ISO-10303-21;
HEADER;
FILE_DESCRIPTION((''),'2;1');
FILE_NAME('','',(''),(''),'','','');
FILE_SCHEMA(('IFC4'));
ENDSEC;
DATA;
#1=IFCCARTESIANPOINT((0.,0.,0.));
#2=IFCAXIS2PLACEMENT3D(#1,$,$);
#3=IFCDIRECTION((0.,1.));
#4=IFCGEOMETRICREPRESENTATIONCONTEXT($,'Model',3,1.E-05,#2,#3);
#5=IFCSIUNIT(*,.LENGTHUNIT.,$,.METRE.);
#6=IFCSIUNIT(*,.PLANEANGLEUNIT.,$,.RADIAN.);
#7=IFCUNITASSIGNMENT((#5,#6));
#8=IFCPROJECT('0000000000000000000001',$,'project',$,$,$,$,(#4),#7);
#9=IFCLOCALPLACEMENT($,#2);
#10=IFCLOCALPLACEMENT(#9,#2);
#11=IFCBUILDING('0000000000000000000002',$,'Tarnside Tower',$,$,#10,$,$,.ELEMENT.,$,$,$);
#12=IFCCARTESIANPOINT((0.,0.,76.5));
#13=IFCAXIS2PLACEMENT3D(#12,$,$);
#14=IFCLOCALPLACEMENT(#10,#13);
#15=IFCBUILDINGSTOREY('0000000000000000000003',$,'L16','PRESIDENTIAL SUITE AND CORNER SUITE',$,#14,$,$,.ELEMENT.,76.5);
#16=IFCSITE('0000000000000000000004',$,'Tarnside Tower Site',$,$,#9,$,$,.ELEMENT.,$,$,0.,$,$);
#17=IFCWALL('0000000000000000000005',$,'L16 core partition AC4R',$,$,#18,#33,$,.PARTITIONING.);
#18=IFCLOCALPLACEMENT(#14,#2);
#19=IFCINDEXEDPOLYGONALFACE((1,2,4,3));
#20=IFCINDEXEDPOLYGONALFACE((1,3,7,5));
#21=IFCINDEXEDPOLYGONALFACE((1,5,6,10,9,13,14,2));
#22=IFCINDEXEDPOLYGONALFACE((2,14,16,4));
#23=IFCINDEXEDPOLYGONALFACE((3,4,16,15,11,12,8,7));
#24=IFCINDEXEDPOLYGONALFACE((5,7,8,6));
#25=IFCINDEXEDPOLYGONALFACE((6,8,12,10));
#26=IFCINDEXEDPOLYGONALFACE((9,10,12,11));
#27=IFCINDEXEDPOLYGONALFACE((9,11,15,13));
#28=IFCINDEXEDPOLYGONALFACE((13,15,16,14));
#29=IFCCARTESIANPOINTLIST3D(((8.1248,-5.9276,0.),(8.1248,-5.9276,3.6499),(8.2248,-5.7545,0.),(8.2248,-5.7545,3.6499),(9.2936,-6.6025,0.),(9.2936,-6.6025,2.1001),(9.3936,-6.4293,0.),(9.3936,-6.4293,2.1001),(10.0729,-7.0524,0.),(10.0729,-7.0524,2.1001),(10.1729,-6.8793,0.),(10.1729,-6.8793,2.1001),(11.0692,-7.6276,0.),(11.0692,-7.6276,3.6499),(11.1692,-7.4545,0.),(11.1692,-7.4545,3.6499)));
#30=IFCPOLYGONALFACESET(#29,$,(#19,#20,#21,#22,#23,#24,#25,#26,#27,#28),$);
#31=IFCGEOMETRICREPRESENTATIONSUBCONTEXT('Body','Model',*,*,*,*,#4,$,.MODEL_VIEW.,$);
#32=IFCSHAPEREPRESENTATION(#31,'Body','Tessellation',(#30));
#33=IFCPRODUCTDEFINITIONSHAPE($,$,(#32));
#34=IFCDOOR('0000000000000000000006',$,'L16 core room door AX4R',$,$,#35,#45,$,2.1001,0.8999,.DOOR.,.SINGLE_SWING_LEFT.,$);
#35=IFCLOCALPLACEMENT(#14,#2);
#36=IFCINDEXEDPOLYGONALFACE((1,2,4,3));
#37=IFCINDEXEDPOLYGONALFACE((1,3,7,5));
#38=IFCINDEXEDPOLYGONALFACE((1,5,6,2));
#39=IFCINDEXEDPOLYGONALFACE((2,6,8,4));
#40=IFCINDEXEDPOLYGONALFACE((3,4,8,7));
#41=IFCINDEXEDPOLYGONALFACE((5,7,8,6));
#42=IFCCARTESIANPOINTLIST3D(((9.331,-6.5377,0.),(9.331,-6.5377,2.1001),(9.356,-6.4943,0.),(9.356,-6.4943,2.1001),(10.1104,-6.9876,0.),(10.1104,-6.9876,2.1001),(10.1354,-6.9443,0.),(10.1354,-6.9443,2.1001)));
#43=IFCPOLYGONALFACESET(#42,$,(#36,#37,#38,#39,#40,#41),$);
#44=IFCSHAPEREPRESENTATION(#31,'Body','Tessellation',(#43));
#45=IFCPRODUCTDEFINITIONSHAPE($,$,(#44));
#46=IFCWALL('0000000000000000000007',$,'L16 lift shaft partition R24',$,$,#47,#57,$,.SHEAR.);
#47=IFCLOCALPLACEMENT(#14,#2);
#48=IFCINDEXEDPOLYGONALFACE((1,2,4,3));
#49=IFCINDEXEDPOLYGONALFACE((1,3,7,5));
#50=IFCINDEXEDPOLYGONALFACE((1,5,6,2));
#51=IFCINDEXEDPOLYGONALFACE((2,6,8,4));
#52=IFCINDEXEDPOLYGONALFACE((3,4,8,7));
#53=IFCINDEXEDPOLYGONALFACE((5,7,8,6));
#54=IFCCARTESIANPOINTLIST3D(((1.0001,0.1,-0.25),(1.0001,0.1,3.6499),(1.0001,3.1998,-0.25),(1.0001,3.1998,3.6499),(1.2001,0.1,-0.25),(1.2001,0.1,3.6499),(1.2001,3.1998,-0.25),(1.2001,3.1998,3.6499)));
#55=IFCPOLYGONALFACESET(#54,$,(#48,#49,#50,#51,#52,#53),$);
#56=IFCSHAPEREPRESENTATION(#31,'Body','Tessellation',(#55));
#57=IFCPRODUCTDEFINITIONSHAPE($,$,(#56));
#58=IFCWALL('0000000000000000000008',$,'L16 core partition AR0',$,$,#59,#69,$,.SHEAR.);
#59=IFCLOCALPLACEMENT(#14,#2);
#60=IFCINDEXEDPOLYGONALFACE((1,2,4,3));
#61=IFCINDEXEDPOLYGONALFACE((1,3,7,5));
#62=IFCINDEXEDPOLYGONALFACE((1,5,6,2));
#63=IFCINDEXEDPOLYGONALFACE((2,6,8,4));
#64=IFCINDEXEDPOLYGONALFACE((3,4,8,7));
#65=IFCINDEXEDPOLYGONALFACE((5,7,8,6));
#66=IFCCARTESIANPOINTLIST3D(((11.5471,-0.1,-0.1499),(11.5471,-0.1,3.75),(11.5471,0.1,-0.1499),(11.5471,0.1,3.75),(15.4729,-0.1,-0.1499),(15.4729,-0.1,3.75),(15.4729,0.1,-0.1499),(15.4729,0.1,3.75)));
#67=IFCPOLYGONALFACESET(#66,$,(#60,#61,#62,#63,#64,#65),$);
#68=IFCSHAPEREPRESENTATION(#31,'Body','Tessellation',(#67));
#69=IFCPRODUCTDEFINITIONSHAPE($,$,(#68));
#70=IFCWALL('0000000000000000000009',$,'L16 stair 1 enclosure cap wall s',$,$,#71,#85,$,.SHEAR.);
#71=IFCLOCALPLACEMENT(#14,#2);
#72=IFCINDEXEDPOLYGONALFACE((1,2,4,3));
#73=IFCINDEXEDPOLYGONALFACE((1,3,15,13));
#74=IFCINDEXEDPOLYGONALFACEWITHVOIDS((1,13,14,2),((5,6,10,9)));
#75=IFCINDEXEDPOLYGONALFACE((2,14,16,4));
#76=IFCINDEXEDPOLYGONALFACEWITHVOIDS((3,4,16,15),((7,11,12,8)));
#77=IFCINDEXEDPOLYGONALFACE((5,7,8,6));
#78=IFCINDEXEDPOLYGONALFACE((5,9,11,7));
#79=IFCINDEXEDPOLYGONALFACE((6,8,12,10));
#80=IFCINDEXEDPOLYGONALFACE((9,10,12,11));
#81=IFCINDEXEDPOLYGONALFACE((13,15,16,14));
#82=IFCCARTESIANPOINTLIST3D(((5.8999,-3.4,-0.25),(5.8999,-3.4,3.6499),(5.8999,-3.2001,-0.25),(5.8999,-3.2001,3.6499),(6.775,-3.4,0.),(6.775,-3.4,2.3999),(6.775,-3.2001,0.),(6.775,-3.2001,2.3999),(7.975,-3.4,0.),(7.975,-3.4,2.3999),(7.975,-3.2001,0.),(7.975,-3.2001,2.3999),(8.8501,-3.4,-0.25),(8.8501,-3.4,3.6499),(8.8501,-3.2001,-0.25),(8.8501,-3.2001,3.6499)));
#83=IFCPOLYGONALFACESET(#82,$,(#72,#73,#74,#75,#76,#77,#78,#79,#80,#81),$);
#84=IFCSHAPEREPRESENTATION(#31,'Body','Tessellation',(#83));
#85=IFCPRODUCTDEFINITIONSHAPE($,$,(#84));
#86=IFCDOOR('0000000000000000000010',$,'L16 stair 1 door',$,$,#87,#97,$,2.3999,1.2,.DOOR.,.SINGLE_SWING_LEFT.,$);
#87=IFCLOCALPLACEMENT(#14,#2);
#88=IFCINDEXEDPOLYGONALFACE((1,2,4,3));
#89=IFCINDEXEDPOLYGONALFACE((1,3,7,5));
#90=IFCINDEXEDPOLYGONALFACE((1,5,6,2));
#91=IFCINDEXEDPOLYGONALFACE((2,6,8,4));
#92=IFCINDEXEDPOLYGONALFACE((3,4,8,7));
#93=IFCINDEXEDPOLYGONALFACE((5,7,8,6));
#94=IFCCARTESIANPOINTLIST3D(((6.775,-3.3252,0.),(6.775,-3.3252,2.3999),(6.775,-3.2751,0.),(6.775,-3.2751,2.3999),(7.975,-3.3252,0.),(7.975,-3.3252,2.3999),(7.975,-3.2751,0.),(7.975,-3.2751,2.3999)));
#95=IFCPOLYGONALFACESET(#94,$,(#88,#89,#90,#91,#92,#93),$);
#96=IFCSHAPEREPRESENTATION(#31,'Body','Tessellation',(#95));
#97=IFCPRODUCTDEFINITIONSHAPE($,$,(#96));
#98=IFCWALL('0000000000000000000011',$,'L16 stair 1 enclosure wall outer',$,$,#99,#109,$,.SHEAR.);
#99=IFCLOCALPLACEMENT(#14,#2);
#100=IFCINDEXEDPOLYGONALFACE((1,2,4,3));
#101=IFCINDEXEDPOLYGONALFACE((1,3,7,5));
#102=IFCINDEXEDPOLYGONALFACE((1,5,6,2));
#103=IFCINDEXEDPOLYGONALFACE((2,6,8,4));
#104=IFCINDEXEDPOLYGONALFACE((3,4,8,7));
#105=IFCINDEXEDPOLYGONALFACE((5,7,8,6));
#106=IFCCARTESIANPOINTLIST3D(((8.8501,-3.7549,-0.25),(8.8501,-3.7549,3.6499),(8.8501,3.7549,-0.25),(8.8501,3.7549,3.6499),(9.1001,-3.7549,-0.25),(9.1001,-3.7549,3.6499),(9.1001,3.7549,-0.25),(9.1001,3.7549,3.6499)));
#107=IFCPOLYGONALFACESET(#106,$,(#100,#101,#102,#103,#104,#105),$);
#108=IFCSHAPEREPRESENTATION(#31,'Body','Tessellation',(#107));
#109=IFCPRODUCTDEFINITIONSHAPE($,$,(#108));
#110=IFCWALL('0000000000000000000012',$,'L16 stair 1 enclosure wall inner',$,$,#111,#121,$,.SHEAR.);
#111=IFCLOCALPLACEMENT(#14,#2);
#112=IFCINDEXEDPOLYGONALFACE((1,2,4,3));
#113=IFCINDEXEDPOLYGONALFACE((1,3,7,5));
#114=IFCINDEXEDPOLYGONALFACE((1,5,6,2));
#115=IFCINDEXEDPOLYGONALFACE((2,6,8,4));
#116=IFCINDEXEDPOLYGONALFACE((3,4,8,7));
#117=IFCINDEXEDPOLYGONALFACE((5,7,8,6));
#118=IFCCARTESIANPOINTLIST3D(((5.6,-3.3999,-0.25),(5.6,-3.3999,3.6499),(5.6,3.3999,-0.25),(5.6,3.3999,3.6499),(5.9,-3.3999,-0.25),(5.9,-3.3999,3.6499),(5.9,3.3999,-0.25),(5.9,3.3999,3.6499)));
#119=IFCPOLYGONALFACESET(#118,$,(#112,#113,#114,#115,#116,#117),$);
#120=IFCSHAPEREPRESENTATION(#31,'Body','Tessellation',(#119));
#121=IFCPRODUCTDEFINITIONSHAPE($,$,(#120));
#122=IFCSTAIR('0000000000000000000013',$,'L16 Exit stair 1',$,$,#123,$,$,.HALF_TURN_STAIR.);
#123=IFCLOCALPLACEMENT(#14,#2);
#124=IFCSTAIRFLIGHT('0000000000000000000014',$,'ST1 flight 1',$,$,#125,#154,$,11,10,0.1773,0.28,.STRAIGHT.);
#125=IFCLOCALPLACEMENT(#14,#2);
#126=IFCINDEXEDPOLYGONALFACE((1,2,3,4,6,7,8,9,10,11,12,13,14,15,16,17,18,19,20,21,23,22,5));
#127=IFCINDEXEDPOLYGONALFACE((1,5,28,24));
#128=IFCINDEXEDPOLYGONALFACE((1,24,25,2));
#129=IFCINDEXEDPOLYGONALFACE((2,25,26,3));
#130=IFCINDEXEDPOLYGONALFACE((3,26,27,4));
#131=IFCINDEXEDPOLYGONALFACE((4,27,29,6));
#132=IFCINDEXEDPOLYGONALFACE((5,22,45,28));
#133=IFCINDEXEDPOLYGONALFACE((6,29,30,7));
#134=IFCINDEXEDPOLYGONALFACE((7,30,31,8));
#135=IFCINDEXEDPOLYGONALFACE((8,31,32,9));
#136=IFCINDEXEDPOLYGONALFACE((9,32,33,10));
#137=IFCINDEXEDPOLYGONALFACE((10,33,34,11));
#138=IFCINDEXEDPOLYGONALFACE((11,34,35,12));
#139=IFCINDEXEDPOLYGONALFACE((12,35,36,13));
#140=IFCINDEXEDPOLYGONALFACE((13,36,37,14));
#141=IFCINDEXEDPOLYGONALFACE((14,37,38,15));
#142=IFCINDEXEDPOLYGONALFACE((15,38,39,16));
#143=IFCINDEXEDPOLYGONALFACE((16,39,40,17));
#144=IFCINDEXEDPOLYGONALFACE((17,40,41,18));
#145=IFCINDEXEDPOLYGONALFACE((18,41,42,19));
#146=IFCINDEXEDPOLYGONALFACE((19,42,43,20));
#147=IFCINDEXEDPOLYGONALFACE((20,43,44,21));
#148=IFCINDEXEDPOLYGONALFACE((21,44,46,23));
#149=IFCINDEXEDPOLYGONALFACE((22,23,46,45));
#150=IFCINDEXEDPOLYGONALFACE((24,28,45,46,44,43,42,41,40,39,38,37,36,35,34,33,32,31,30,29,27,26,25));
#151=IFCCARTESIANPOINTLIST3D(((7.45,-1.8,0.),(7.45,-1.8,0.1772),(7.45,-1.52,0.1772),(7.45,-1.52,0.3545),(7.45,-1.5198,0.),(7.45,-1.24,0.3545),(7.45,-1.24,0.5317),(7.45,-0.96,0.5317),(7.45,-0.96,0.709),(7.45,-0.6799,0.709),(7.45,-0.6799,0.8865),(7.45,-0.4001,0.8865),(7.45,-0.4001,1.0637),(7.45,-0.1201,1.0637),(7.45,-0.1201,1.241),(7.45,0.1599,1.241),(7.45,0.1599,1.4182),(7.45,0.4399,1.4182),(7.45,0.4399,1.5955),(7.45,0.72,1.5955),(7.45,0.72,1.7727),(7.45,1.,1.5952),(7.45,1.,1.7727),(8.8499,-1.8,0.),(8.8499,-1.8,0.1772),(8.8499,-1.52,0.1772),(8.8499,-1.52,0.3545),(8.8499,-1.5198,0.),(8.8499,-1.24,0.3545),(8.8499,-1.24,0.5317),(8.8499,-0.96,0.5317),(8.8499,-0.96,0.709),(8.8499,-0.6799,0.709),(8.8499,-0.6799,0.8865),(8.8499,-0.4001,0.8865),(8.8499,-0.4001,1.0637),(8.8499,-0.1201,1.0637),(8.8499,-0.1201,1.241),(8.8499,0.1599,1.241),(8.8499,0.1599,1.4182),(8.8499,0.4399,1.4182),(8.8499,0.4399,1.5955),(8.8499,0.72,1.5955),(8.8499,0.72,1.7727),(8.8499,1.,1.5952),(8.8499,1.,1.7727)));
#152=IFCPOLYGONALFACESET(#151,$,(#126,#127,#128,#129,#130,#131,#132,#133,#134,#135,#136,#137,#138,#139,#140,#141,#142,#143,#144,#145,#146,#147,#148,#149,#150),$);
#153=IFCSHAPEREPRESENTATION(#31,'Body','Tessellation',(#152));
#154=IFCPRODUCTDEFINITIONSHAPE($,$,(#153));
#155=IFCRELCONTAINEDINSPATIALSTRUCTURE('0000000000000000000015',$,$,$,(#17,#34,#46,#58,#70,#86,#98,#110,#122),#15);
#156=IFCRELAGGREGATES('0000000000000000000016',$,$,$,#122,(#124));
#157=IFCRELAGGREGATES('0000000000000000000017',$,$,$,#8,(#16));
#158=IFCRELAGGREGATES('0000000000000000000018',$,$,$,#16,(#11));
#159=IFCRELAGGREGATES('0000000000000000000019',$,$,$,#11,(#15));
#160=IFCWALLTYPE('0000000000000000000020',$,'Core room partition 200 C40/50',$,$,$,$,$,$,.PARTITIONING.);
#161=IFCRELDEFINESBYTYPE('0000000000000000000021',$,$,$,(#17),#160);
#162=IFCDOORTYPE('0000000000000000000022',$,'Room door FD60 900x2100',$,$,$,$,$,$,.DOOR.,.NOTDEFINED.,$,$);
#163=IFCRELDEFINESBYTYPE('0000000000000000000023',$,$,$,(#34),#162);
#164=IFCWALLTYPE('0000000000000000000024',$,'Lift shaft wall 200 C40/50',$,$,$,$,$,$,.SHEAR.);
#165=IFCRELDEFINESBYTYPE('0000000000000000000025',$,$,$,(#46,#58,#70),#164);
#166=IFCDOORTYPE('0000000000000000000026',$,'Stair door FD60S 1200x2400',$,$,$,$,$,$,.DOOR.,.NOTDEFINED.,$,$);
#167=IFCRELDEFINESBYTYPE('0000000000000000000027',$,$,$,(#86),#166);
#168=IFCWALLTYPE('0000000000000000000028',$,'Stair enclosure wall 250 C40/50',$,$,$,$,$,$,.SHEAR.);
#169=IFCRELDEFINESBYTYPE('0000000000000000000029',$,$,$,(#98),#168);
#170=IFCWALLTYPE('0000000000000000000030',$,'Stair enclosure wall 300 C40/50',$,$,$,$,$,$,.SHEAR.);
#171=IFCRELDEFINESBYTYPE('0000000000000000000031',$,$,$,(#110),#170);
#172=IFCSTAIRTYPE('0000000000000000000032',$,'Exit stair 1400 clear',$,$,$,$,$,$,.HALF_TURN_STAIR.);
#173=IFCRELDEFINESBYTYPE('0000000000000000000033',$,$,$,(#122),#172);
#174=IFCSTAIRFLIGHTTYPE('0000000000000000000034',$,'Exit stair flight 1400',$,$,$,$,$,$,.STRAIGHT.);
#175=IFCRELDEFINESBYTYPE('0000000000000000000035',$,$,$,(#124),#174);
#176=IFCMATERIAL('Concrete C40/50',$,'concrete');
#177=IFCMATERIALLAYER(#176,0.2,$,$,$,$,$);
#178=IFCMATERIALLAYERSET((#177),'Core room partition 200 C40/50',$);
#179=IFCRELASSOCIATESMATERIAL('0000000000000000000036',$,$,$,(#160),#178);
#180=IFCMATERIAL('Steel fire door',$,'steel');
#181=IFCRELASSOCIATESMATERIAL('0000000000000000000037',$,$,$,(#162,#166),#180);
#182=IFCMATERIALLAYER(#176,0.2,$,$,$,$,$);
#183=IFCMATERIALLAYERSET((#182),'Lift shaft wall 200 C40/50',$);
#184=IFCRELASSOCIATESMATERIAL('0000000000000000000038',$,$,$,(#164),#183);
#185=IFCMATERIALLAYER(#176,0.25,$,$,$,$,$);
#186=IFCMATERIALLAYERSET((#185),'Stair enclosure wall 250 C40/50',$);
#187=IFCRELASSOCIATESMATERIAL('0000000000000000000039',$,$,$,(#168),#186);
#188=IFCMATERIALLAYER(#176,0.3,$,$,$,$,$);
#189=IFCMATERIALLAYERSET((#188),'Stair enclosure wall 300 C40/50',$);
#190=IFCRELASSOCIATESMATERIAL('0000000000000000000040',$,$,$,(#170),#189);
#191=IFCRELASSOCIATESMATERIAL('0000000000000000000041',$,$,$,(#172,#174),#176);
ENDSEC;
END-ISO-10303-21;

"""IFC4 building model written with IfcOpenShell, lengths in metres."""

from ifc_helpers import new_model, si_unit, direction, frame, frame_2d, origin, place, context, subcontext, project, spatial, polyline, rectangle, outline, extrude, material, layer, layer_set, type_object, element, fill, aggregate, save


model = new_model("IFC4")

# Units and contexts
model_context = context("Model", 3, precision=1e-05, world=origin(), true_north=direction((0.0, 1.0)))
body_context = subcontext(model_context, "Body", "Model", "MODEL_VIEW")
ifc_project = project(units=[si_unit("LENGTHUNIT", "METRE"), si_unit("PLANEANGLEUNIT", "RADIAN")], contexts=[model_context])

# Site, building, storey
site_placement = place(None, origin())
site = spatial("IfcSite", under=ifc_project, at=site_placement, Name="Tarnside Tower Site", CompositionType="ELEMENT", RefElevation=0.0)
building_placement = place(site_placement, origin())
building = spatial("IfcBuilding", under=site, at=building_placement, Name="Tarnside Tower", CompositionType="ELEMENT")
storey_placement = place(building_placement, frame((0.0, 0.0, 76.5)))
storey = spatial("IfcBuildingStorey", under=building, at=storey_placement, Name="L16", Description="PRESIDENTIAL SUITE AND CORNER SUITE", CompositionType="ELEMENT", Elevation=76.5)

# Shared definitions
ifc_material_1 = material(Name="Concrete C40/50", Category="concrete")

# Wall, opening, door
ifc_material_2 = material(Name="Steel fire door", Category="steel")
ifc_layer_1 = layer(ifc_material_1, 0.2)
ifc_layer_set_1 = layer_set([ifc_layer_1], Name="Core room partition 200 C40/50")
wall_type_1 = type_object("IfcWallType", Name="Core room partition 200 C40/50", PredefinedType="PARTITIONING", material=ifc_layer_set_1)
door_type_1 = type_object("IfcDoorType", Name="Room door FD60 900x2100", OperationType="NOTDEFINED", PredefinedType="DOOR", material=ifc_material_2)
wall_1_placement = place(storey_placement, frame((8.1748, -5.8411, 0.0), z_axis=(0.0, 0.0, 1.0), x_axis=(0.866021, -0.500008, 0.0)))
wall_1 = element("IfcWall", 1, at=wall_1_placement, inside=storey, type_object=wall_type_1, Name="L16 core partition AC4R", PredefinedType="PARTITIONING", context=body_context, shape_type="SweptSolid", body=[
    extrude(rectangle(XDim=3.3999, YDim=0.2, at=frame_2d((1.7, 0.0))), origin(), (0.0, 0.0, 1.0), 3.6499),
])
opening_1_placement = place(wall_1_placement, frame((1.3496, 0.0, 0.0)))
opening_1 = element("IfcOpeningElement", 2, at=opening_1_placement, cuts=wall_1, PredefinedType="OPENING", context=body_context, shape_type="SweptSolid", body=[
    extrude(rectangle(XDim=0.8999, YDim=2.1001, at=frame_2d((0.45, 1.05))), frame((0.0, 0.1099, 0.0), z_axis=(0.0, -1.0, 0.0), x_axis=(1.0, 0.0, 0.0)), (0.0, 0.0, 1.0), 0.22),
])
door_1_placement = place(opening_1_placement, origin())
door_1 = element("IfcDoor", 3, at=door_1_placement, inside=storey, type_object=door_type_1, Name="L16 core room door AX4R", OperationType="SINGLE_SWING_LEFT", OverallHeight=2.1001, OverallWidth=0.8999, PredefinedType="DOOR", context=body_context, shape_type="SweptSolid", body=[
    extrude(rectangle(XDim=0.8999, YDim=2.1001, at=frame_2d((0.45, 1.05))), frame((0.0, 0.0249, 0.0), z_axis=(0.0, -1.0, 0.0), x_axis=(1.0, 0.0, 0.0)), (0.0, 0.0, 1.0), 0.05),
])
fill(opening_1, door_1)

# Walls
ifc_layer_2 = layer(ifc_material_1, 0.2)
ifc_layer_set_2 = layer_set([ifc_layer_2], Name="Lift shaft wall 200 C40/50")
wall_type_2 = type_object("IfcWallType", Name="Lift shaft wall 200 C40/50", PredefinedType="SHEAR", material=ifc_layer_set_2)
wall_2_placement = place(storey_placement, frame((1.1001, 0.1001, -0.25), z_axis=(0.0, 0.0, 1.0), x_axis=(0.0, 1.0, 0.0)))
element("IfcWall", 4, at=wall_2_placement, inside=storey, type_object=wall_type_2, Name="L16 lift shaft partition R24", PredefinedType="SHEAR", context=body_context, shape_type="SweptSolid", body=[
    extrude(rectangle(XDim=3.0999, YDim=0.2, at=frame_2d((1.5498, 0.0))), origin(), (0.0, 0.0, 1.0), 3.8999),
])
wall_3_placement = place(storey_placement, frame((11.5471, 0.0, -0.1499), z_axis=(0.0, 0.0, 1.0), x_axis=(1.0, 0.0, 0.0)))
element("IfcWall", 5, at=wall_3_placement, inside=storey, type_object=wall_type_2, Name="L16 core partition AR0", PredefinedType="SHEAR", context=body_context, shape_type="SweptSolid", body=[
    extrude(rectangle(XDim=3.9258, YDim=0.2, at=frame_2d((1.9629, 0.0))), origin(), (0.0, 0.0, 1.0), 3.8999),
])

# Wall, opening, door
wall_4_placement = place(storey_placement, frame((5.8999, -3.3, -0.25), z_axis=(0.0, 0.0, 1.0), x_axis=(1.0, 0.0, 0.0)))
wall_4 = element("IfcWall", 6, at=wall_4_placement, inside=storey, type_object=wall_type_2, Name="L16 stair 1 enclosure cap wall s", PredefinedType="SHEAR", context=body_context, shape_type="SweptSolid", body=[
    extrude(rectangle(XDim=2.9502, YDim=0.2, at=frame_2d((1.4751, 0.0))), origin(), (0.0, 0.0, 1.0), 3.8999),
])
opening_2_placement = place(wall_4_placement, frame((0.875, 0.0, 0.25)))
opening_2 = element("IfcOpeningElement", 7, at=opening_2_placement, cuts=wall_4, PredefinedType="OPENING", context=body_context, shape_type="SweptSolid", body=[
    extrude(rectangle(XDim=1.2, YDim=2.3999, at=frame_2d((0.6001, 1.2))), frame((0.0, 0.1099, 0.0), z_axis=(0.0, -1.0, 0.0), x_axis=(1.0, 0.0, 0.0)), (0.0, 0.0, 1.0), 0.22),
])
door_type_2 = type_object("IfcDoorType", Name="Stair door FD60S 1200x2400", OperationType="NOTDEFINED", PredefinedType="DOOR", material=ifc_material_2)
door_2_placement = place(opening_2_placement, origin())
door_2 = element("IfcDoor", 8, at=door_2_placement, inside=storey, type_object=door_type_2, Name="L16 stair 1 door", OperationType="SINGLE_SWING_LEFT", OverallHeight=2.3999, OverallWidth=1.2, PredefinedType="DOOR", context=body_context, shape_type="SweptSolid", body=[
    extrude(rectangle(XDim=1.2, YDim=2.3999, at=frame_2d((0.6001, 1.2))), frame((0.0, 0.0249, 0.0), z_axis=(0.0, -1.0, 0.0), x_axis=(1.0, 0.0, 0.0)), (0.0, 0.0, 1.0), 0.05),
])
fill(opening_2, door_2)

# Walls
ifc_layer_3 = layer(ifc_material_1, 0.25)
ifc_layer_set_3 = layer_set([ifc_layer_3], Name="Stair enclosure wall 250 C40/50")
wall_type_3 = type_object("IfcWallType", Name="Stair enclosure wall 250 C40/50", PredefinedType="SHEAR", material=ifc_layer_set_3)
wall_5_placement = place(storey_placement, frame((8.9751, -3.7549, -0.25), z_axis=(0.0, 0.0, 1.0), x_axis=(0.0, 1.0, 0.0)))
element("IfcWall", 9, at=wall_5_placement, inside=storey, type_object=wall_type_3, Name="L16 stair 1 enclosure wall outer", PredefinedType="SHEAR", context=body_context, shape_type="SweptSolid", body=[
    extrude(rectangle(XDim=7.5098, YDim=0.25, at=frame_2d((3.7549, 0.0))), origin(), (0.0, 0.0, 1.0), 3.8999),
])
ifc_layer_4 = layer(ifc_material_1, 0.3)
ifc_layer_set_4 = layer_set([ifc_layer_4], Name="Stair enclosure wall 300 C40/50")
wall_type_4 = type_object("IfcWallType", Name="Stair enclosure wall 300 C40/50", PredefinedType="SHEAR", material=ifc_layer_set_4)
wall_6_placement = place(storey_placement, frame((5.75, -3.3999, -0.25), z_axis=(0.0, 0.0, 1.0), x_axis=(0.0, 1.0, 0.0)))
element("IfcWall", 10, at=wall_6_placement, inside=storey, type_object=wall_type_4, Name="L16 stair 1 enclosure wall inner", PredefinedType="SHEAR", context=body_context, shape_type="SweptSolid", body=[
    extrude(rectangle(XDim=6.7998, YDim=0.3, at=frame_2d((3.3999, 0.0))), origin(), (0.0, 0.0, 1.0), 3.8999),
])

# Stair, stair flight
stair_type = type_object("IfcStairType", Name="Exit stair 1400 clear", PredefinedType="HALF_TURN_STAIR", material=ifc_material_1)
stair_placement = place(storey_placement, origin())
stair = element("IfcStair", 11, at=stair_placement, inside=storey, type_object=stair_type, Name="L16 Exit stair 1", PredefinedType="HALF_TURN_STAIR")
stair_flight_type = type_object("IfcStairFlightType", Name="Exit stair flight 1400", PredefinedType="STRAIGHT", material=ifc_material_1)
stair_flight_placement = place(storey_placement, frame((8.1499, -1.8, 0.0), z_axis=(0.0, 0.0, 1.0), x_axis=(0.0, 1.0, 0.0)))
stair_flight = element("IfcStairFlight", 12, at=stair_flight_placement, type_object=stair_flight_type, Name="ST1 flight 1", NumberOfRisers=11, NumberOfTreads=10, PredefinedType="STRAIGHT", RiserHeight=0.1773, TreadLength=0.28, context=body_context, shape_type="SweptSolid", body=[
    extrude(outline(polyline([(0.0, 0.0), (0.0, 0.1772), (0.28, 0.1772), (0.28, 0.3545), (0.5601, 0.3545), (0.5601, 0.5317), (0.8401, 0.5317), (0.8401, 0.709), (1.1201, 0.709), (1.1201, 0.8865), (1.3999, 0.8865), (1.3999, 1.0637), (1.6799, 1.0637), (1.6799, 1.241), (1.96, 1.241), (1.96, 1.4182), (2.24, 1.4182), (2.24, 1.5955), (2.52, 1.5955), (2.52, 1.7727), (2.8, 1.7727), (2.8, 1.95), (2.8, 1.5952), (0.2803, 0.0), (0.0, 0.0)])), frame((0.0, 0.7, 0.0), z_axis=(0.0, -1.0, 0.0), x_axis=(1.0, 0.0, 0.0)), (0.0, 0.0, 1.0), 1.3999),
])
aggregate(stair, [stair_flight])

save(model, "model.ifc")
